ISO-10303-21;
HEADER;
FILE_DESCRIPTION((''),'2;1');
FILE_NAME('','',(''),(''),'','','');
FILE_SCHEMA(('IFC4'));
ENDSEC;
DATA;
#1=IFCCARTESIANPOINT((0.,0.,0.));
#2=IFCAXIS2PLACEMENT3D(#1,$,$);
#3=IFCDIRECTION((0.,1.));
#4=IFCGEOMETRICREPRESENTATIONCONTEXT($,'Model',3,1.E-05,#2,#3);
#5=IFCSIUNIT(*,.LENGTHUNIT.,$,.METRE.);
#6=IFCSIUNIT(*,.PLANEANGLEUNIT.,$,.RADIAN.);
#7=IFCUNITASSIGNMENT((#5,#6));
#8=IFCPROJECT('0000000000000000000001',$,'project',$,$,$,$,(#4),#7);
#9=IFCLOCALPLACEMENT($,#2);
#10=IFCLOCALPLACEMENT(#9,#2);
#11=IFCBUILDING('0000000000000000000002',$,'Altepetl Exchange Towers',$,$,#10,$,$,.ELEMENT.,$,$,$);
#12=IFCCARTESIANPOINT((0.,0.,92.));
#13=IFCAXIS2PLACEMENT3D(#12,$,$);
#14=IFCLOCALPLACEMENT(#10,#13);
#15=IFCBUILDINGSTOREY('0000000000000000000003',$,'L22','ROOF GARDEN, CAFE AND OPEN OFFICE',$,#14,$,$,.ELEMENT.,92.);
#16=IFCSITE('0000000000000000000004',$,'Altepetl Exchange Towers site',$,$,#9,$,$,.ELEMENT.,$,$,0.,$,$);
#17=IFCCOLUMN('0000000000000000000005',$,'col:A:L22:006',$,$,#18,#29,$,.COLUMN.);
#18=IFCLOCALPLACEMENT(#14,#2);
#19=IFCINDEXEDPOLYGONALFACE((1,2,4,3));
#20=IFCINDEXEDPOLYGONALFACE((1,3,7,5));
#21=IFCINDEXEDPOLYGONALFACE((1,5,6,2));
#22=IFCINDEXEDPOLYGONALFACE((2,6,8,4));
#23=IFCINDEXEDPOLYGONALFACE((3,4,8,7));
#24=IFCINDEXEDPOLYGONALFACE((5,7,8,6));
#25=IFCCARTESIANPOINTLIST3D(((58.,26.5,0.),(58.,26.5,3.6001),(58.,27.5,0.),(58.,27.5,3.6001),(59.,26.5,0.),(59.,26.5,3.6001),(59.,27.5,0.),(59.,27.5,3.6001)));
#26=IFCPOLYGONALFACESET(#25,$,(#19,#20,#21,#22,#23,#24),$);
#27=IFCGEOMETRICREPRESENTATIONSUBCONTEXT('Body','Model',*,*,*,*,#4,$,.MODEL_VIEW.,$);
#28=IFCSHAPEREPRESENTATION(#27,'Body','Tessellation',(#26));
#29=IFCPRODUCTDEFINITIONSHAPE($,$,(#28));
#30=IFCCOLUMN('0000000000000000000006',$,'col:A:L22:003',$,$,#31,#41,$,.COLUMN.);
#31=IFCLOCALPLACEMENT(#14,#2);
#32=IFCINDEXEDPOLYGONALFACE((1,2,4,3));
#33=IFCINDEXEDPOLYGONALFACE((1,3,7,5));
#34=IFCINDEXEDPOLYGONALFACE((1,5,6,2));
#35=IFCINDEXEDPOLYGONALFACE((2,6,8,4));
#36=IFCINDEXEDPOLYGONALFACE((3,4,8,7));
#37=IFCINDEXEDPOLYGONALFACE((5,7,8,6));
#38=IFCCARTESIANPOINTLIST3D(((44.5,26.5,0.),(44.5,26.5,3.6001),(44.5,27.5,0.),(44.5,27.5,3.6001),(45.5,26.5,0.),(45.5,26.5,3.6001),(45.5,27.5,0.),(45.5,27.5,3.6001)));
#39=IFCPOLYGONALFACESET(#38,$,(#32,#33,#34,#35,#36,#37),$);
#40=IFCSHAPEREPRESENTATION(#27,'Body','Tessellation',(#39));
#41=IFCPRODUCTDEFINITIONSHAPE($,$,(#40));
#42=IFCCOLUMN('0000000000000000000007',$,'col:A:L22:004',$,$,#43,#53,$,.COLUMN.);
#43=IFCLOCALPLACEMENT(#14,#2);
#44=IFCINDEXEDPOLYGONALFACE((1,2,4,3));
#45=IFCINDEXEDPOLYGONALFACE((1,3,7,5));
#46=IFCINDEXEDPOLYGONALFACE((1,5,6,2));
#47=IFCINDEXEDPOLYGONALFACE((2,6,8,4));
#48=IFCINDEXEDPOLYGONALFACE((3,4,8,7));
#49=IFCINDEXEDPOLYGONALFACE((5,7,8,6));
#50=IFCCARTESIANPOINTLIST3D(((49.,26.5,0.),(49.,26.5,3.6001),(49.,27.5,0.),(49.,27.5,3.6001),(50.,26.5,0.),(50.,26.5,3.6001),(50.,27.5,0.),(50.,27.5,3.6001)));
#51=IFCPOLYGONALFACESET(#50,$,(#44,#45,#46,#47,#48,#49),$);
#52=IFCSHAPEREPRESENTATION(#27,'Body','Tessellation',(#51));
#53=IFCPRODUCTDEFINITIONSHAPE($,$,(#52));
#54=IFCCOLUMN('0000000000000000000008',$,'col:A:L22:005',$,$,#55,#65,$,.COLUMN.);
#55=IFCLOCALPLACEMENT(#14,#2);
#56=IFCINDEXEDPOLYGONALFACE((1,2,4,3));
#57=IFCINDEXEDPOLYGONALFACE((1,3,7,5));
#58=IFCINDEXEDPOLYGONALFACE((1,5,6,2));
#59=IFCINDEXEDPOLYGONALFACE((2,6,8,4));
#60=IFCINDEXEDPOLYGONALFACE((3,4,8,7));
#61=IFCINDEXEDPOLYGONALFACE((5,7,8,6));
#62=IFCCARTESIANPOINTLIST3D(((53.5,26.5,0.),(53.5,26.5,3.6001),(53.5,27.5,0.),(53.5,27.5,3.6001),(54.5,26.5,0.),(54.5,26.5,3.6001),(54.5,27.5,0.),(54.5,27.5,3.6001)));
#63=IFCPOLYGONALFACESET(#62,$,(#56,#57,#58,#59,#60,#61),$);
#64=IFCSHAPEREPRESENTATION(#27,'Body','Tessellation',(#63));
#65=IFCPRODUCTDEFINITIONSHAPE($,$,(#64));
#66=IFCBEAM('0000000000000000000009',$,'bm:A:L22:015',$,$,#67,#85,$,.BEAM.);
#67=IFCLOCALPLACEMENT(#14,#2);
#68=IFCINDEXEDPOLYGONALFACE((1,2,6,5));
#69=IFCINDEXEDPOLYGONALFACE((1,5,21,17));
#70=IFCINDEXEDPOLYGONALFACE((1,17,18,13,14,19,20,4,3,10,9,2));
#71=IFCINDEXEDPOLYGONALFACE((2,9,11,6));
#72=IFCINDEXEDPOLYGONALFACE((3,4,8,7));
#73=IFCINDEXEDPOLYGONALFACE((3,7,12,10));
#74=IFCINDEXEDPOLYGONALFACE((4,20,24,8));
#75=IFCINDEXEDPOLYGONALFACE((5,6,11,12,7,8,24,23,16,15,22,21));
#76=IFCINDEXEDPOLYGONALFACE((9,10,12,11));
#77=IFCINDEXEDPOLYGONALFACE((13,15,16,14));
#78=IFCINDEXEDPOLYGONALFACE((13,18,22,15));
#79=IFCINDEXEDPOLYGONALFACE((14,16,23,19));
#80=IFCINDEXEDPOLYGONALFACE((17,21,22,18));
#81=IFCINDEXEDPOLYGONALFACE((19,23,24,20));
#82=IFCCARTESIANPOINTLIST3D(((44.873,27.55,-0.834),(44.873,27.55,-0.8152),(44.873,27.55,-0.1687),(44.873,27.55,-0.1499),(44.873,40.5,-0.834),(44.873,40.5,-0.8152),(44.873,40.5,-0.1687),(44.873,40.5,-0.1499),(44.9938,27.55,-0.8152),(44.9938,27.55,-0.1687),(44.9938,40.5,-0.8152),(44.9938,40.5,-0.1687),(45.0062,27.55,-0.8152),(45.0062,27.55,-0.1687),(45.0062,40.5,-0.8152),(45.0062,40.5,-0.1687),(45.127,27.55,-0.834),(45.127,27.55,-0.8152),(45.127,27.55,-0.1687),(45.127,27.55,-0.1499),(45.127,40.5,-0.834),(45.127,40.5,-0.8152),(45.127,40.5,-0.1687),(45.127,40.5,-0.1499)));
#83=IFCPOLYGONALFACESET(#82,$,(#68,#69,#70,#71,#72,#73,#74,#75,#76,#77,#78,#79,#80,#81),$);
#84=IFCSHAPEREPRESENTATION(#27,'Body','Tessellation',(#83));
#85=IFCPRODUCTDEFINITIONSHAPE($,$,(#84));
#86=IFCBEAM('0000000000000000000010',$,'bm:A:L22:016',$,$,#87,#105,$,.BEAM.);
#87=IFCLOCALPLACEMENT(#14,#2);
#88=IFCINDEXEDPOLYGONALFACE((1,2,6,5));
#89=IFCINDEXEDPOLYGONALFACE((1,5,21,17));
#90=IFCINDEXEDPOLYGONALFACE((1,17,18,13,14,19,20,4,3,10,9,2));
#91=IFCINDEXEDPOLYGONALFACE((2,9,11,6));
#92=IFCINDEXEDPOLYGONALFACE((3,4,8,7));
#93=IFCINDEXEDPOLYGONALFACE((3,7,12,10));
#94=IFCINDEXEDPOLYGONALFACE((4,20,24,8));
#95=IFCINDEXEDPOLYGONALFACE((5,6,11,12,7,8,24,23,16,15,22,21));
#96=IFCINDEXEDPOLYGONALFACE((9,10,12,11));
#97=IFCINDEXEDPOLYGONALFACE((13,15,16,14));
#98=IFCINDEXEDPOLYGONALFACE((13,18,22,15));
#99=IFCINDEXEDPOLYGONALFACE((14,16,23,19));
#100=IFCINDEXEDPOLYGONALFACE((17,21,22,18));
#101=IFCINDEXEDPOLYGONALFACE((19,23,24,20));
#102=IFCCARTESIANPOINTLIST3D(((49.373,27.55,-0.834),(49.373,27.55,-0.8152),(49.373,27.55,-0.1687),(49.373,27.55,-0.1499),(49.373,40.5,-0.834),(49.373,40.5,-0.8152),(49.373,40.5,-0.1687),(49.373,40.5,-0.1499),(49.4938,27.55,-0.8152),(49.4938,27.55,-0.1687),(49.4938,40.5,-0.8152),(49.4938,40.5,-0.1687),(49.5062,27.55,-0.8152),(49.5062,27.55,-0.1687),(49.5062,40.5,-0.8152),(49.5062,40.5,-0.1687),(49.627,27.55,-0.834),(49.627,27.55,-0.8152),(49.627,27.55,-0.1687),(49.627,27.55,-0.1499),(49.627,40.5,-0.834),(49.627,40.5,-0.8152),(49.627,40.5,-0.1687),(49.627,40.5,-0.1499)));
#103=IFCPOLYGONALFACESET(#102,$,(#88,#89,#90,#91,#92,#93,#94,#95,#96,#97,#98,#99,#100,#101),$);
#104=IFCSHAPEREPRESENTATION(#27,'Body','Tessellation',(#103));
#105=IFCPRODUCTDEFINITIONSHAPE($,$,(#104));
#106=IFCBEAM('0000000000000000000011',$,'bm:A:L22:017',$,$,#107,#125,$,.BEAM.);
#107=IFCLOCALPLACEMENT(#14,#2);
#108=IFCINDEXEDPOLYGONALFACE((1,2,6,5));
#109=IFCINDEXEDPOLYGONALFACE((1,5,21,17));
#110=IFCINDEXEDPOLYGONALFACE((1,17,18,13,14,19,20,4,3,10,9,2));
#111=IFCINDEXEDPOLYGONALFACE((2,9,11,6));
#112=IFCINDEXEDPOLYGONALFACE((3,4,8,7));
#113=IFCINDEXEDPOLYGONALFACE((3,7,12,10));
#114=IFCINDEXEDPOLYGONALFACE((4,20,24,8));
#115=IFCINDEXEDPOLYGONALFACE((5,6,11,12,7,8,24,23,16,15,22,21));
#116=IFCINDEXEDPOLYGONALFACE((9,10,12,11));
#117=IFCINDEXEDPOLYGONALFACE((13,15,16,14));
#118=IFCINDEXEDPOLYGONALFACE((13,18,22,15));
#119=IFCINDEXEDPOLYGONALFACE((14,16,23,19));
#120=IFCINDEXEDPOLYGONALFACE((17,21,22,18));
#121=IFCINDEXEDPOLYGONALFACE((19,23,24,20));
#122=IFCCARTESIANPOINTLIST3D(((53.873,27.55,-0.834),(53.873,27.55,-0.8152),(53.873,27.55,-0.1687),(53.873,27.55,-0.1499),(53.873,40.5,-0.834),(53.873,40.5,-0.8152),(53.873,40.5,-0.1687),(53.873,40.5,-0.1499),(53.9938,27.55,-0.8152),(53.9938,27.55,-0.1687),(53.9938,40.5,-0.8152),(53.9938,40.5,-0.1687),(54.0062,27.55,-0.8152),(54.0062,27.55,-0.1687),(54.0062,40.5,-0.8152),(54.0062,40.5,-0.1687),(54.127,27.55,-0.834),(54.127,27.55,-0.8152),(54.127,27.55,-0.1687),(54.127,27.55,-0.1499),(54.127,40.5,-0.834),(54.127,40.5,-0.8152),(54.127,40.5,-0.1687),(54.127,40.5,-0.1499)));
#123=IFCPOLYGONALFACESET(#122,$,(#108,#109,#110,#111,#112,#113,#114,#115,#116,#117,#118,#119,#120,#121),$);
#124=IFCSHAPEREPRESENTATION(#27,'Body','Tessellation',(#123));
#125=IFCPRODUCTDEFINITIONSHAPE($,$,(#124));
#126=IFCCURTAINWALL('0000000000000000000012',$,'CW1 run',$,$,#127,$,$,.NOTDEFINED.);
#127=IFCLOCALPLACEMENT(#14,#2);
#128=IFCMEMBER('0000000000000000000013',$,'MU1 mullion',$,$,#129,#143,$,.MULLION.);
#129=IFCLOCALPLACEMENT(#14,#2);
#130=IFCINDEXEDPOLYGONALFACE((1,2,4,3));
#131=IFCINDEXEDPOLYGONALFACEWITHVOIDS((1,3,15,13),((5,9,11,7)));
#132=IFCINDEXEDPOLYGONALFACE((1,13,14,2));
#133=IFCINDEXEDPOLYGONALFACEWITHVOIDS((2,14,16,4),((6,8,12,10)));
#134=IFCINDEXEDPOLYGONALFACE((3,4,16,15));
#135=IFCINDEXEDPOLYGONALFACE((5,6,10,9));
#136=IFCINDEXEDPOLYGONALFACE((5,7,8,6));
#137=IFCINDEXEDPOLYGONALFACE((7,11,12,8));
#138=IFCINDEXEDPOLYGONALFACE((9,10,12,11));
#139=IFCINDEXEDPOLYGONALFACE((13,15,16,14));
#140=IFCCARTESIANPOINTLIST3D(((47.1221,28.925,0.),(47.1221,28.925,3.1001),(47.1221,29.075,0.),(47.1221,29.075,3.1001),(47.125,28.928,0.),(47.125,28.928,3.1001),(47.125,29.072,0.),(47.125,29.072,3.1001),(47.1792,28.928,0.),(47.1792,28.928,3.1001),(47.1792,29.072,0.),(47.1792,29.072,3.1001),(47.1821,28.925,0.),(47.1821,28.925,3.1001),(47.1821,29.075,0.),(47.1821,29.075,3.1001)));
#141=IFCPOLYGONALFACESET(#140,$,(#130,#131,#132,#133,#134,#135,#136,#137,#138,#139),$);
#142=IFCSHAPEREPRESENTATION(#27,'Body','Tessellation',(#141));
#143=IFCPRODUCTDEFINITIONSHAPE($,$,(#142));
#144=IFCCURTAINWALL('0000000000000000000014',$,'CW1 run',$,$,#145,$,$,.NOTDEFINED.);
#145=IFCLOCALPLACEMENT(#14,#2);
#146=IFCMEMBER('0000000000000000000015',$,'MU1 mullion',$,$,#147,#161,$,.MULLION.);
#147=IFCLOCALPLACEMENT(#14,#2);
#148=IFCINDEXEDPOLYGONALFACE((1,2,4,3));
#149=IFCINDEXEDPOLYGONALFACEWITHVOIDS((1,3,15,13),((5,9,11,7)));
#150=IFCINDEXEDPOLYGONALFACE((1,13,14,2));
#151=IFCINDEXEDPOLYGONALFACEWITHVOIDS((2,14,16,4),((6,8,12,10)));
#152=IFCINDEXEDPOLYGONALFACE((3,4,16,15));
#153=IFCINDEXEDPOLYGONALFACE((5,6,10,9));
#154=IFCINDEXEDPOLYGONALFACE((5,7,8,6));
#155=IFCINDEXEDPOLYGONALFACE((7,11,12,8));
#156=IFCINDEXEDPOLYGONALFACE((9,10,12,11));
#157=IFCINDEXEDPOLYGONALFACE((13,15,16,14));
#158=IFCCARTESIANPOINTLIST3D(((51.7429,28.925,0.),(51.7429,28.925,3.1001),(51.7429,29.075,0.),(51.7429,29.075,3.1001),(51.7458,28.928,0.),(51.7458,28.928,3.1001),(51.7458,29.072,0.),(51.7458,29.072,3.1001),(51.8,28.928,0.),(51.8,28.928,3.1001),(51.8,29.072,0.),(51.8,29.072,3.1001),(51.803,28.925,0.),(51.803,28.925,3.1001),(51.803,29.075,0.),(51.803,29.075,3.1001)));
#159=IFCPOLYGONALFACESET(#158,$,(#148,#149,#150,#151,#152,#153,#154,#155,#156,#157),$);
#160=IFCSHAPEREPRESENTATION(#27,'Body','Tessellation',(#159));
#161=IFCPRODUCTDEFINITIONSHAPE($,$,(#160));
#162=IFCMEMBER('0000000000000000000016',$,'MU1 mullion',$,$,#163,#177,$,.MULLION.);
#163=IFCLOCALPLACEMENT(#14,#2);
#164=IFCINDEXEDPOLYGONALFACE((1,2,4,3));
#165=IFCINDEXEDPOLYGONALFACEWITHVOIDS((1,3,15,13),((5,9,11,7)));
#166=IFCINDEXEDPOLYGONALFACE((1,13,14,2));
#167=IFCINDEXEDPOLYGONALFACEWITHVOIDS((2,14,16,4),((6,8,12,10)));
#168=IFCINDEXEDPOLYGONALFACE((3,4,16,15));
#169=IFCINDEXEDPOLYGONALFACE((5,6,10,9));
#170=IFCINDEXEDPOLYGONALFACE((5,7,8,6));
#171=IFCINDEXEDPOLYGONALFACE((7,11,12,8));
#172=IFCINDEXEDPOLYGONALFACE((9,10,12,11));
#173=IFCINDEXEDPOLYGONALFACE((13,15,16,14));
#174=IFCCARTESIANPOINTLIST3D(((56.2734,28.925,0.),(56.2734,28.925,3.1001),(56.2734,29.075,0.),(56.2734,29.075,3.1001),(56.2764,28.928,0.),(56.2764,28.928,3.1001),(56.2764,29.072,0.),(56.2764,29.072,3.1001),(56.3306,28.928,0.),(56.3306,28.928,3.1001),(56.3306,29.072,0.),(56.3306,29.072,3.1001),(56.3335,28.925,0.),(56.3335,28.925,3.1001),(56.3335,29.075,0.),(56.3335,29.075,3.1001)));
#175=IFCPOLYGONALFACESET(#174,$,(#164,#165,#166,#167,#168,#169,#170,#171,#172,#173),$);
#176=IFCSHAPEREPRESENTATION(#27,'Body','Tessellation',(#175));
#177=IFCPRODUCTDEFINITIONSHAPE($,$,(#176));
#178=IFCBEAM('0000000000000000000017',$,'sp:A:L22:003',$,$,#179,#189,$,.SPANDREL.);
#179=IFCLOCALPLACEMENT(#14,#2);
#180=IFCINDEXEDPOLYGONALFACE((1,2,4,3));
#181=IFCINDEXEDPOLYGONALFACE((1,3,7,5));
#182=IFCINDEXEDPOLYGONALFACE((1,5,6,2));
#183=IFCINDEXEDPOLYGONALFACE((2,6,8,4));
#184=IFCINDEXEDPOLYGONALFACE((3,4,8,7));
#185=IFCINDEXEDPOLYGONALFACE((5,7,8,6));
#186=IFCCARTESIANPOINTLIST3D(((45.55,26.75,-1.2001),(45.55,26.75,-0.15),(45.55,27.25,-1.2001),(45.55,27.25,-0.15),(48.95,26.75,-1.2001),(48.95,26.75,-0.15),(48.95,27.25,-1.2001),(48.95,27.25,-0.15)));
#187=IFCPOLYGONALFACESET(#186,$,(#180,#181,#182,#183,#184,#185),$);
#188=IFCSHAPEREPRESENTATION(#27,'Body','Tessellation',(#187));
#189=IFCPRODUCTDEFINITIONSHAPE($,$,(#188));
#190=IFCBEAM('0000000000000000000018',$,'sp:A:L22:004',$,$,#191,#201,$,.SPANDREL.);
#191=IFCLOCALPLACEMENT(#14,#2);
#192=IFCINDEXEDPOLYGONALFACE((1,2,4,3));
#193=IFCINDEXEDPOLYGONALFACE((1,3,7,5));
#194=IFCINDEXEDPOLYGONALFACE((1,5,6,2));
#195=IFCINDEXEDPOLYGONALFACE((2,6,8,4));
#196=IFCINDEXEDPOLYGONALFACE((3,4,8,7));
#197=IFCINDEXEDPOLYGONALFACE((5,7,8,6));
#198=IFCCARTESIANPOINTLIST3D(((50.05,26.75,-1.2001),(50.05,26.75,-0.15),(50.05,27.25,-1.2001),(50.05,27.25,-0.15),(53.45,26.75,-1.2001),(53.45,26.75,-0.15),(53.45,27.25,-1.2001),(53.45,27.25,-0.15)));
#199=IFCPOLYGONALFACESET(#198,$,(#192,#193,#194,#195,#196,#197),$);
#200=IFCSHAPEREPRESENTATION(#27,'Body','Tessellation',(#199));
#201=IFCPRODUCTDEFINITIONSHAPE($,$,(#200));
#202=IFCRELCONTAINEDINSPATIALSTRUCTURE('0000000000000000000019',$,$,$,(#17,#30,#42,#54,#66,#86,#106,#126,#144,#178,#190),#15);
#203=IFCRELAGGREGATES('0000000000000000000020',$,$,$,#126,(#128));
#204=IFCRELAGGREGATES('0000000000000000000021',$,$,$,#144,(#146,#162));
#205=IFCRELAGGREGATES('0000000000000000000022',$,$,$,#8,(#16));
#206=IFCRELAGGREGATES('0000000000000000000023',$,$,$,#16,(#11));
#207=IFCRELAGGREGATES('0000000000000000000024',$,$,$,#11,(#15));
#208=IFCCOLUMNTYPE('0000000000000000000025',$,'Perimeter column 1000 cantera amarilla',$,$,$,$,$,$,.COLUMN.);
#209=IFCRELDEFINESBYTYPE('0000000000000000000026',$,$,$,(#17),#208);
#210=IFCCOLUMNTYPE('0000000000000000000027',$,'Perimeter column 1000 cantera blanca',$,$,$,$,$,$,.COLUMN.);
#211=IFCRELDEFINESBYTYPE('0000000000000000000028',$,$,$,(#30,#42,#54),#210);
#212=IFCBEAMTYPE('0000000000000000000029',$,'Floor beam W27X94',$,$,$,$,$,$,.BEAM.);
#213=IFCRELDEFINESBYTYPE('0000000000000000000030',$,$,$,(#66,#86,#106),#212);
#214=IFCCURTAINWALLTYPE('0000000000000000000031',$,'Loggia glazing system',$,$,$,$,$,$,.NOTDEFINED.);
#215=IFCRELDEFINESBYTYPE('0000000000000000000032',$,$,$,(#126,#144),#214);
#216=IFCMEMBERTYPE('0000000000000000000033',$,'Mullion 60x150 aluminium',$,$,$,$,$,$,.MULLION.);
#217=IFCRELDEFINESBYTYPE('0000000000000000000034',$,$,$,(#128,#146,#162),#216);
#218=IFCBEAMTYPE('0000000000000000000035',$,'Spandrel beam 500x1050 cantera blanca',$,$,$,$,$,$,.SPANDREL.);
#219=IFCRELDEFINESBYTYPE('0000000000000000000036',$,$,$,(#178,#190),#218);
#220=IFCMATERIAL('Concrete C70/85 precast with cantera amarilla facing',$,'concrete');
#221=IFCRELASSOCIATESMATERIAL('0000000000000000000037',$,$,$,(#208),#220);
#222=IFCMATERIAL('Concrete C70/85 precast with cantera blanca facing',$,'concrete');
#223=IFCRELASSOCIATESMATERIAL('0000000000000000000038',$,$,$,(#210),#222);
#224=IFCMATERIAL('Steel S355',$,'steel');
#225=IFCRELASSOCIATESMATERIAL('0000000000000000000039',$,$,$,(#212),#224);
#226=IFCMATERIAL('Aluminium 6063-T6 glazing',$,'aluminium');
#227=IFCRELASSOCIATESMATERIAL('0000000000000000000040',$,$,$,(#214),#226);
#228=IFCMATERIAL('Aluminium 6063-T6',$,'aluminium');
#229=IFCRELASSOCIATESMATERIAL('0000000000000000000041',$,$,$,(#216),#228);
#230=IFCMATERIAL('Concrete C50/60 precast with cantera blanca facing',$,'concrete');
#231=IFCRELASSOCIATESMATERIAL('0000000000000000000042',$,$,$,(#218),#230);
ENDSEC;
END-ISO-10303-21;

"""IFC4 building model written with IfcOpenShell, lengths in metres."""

from ifc_helpers import new_model, si_unit, direction, frame, origin, origin_2d, place, context, subcontext, project, spatial, rectangle, hollow_rectangle, i_section, extrude, material, material_profile, profile_set, type_object, element, aggregate, save


model = new_model("IFC4")

# Units and contexts
model_context = context("Model", 3, precision=1e-05, world=origin(), true_north=direction((0.0, 1.0)))
body_context = subcontext(model_context, "Body", "Model", "MODEL_VIEW")
ifc_project = project(units=[si_unit("LENGTHUNIT", "METRE"), si_unit("PLANEANGLEUNIT", "RADIAN")], contexts=[model_context])

# Site, building, storey
site_placement = place(None, origin())
site = spatial("IfcSite", under=ifc_project, at=site_placement, Name="Altepetl Exchange Towers site", CompositionType="ELEMENT", RefElevation=0.0)
building_placement = place(site_placement, origin())
building = spatial("IfcBuilding", under=site, at=building_placement, Name="Altepetl Exchange Towers", CompositionType="ELEMENT")
storey_placement = place(building_placement, frame((0.0, 0.0, 92.0)))
storey = spatial("IfcBuildingStorey", under=building, at=storey_placement, Name="L22", Description="ROOF GARDEN, CAFE AND OPEN OFFICE", CompositionType="ELEMENT", Elevation=92.0)

# Columns
ifc_material_1 = material(Name="Concrete C70/85 precast with cantera amarilla facing", Category="concrete")
ifc_material_profile_1 = material_profile(ifc_material_1, rectangle(XDim=1.0, YDim=1.0, at=origin_2d()), Name="1000 x 1000")
ifc_profile_set_1 = profile_set([ifc_material_profile_1], Name="Concrete C70/85 precast with cantera amarilla facing")
column_type_1 = type_object("IfcColumnType", Name="Perimeter column 1000 cantera amarilla", PredefinedType="COLUMN", material=ifc_profile_set_1)
column_placement = place(storey_placement, frame((58.5, 27.0, 0.0)))
element("IfcColumn", 1, at=column_placement, inside=storey, type_object=column_type_1, Name="col:A:L22:006", PredefinedType="COLUMN", context=body_context, shape_type="SweptSolid", body=[
    extrude(rectangle(XDim=1.0, YDim=1.0, at=origin_2d()), origin(), (0.0, 0.0, 1.0), 3.6001),
])
ifc_material_2 = material(Name="Concrete C70/85 precast with cantera blanca facing", Category="concrete")
ifc_material_profile_2 = material_profile(ifc_material_2, rectangle(XDim=1.0, YDim=1.0, at=origin_2d()), Name="1000 x 1000")
ifc_profile_set_2 = profile_set([ifc_material_profile_2], Name="Concrete C70/85 precast with cantera blanca facing")
column_type_2 = type_object("IfcColumnType", Name="Perimeter column 1000 cantera blanca", PredefinedType="COLUMN", material=ifc_profile_set_2)
for number, where, name in (
    (2, (45.0, 27.0, 0.0), "col:A:L22:003"),
    (3, (49.5, 27.0, 0.0), "col:A:L22:004"),
    (4, (54.0, 27.0, 0.0), "col:A:L22:005"),
):
    element("IfcColumn", number, at=place(storey_placement, frame(where)), inside=storey, type_object=column_type_2, Name=name, PredefinedType="COLUMN", context=body_context, shape_type="SweptSolid", body=[
        extrude(rectangle(XDim=1.0, YDim=1.0, at=origin_2d()), origin(), (0.0, 0.0, 1.0), 3.6001),
    ])

# Beams
ifc_material_3 = material(Name="Steel S355", Category="steel")
ifc_material_profile_3 = material_profile(ifc_material_3, i_section(OverallWidth=0.2539, OverallDepth=0.6841, WebThickness=0.0125, FlangeThickness=0.0188, at=origin_2d()), Name="W27X94")
ifc_profile_set_3 = profile_set([ifc_material_profile_3], Name="Steel S355")
beam_type_1 = type_object("IfcBeamType", Name="Floor beam W27X94", PredefinedType="BEAM", material=ifc_profile_set_3)
for number, where, z_axis, x_axis, name in (
    (5, (45.0, 27.55, -0.4919), (0.0, 1.0, 0.0), (-1.0, 0.0, 0.0), "bm:A:L22:015"),
    (6, (49.5, 27.55, -0.4919), (0.0, 1.0, 0.0), (-1.0, 0.0, 0.0), "bm:A:L22:016"),
    (7, (54.0, 27.55, -0.4919), (0.0, 1.0, 0.0), (-1.0, 0.0, 0.0), "bm:A:L22:017"),
):
    element("IfcBeam", number, at=place(storey_placement, frame(where, z_axis=z_axis, x_axis=x_axis)), inside=storey, type_object=beam_type_1, Name=name, PredefinedType="BEAM", context=body_context, shape_type="SweptSolid", body=[
        extrude(i_section(OverallWidth=0.2539, OverallDepth=0.6841, WebThickness=0.0125, FlangeThickness=0.0188, at=origin_2d()), origin(), (0.0, 0.0, 1.0), 12.95),
    ])

# Curtain wall, member
ifc_material_4 = material(Name="Aluminium 6063-T6 glazing", Category="aluminium")
curtain_wall_type = type_object("IfcCurtainWallType", Name="Loggia glazing system", PredefinedType="NOTDEFINED", material=ifc_material_4)
curtain_wall_1_placement = place(storey_placement, origin())
curtain_wall_1 = element("IfcCurtainWall", 8, at=curtain_wall_1_placement, inside=storey, type_object=curtain_wall_type, Name="CW1 run", PredefinedType="NOTDEFINED")
ifc_material_5 = material(Name="Aluminium 6063-T6", Category="aluminium")
ifc_material_profile_4 = material_profile(ifc_material_5, hollow_rectangle(XDim=0.0601, YDim=0.1499, WallThickness=0.0029, at=origin_2d()), Name="Mullion 60x150 aluminium")
ifc_profile_set_4 = profile_set([ifc_material_profile_4], Name="Aluminium 6063-T6")
member_type = type_object("IfcMemberType", Name="Mullion 60x150 aluminium", PredefinedType="MULLION", material=ifc_profile_set_4)
member_1_placement = place(storey_placement, frame((47.1521, 29.0, 0.0)))
member_1 = element("IfcMember", 9, at=member_1_placement, type_object=member_type, Name="MU1 mullion", PredefinedType="MULLION", context=body_context, shape_type="SweptSolid", body=[
    extrude(hollow_rectangle(XDim=0.0601, YDim=0.1499, WallThickness=0.0029, at=origin_2d()), origin(), (0.0, 0.0, 1.0), 3.1001),
])
aggregate(curtain_wall_1, [member_1])

# Curtain wall, members
curtain_wall_2_placement = place(storey_placement, origin())
curtain_wall_2 = element("IfcCurtainWall", 10, at=curtain_wall_2_placement, inside=storey, type_object=curtain_wall_type, Name="CW1 run", PredefinedType="NOTDEFINED")
member_2_placement = place(storey_placement, frame((51.7729, 29.0, 0.0)))
member_2 = element("IfcMember", 11, at=member_2_placement, type_object=member_type, Name="MU1 mullion", PredefinedType="MULLION", context=body_context, shape_type="SweptSolid", body=[
    extrude(hollow_rectangle(XDim=0.0601, YDim=0.1499, WallThickness=0.0029, at=origin_2d()), origin(), (0.0, 0.0, 1.0), 3.1001),
])
member_3_placement = place(storey_placement, frame((56.3035, 29.0, 0.0)))
member_3 = element("IfcMember", 12, at=member_3_placement, type_object=member_type, Name="MU1 mullion", PredefinedType="MULLION", context=body_context, shape_type="SweptSolid", body=[
    extrude(hollow_rectangle(XDim=0.0601, YDim=0.1499, WallThickness=0.0029, at=origin_2d()), origin(), (0.0, 0.0, 1.0), 3.1001),
])

# Beams
ifc_material_6 = material(Name="Concrete C50/60 precast with cantera blanca facing", Category="concrete")
ifc_material_profile_5 = material_profile(ifc_material_6, rectangle(XDim=0.5, YDim=1.05, at=origin_2d()), Name="500 x 1050")
ifc_profile_set_5 = profile_set([ifc_material_profile_5], Name="Concrete C50/60 precast with cantera blanca facing")
beam_type_2 = type_object("IfcBeamType", Name="Spandrel beam 500x1050 cantera blanca", PredefinedType="SPANDREL", material=ifc_profile_set_5)
for number, where, z_axis, x_axis, name in (
    (13, (45.55, 27.0, -0.675), (1.0, 0.0, 0.0), (0.0, 1.0, 0.0), "sp:A:L22:003"),
    (14, (50.05, 27.0, -0.675), (1.0, 0.0, 0.0), (0.0, 1.0, 0.0), "sp:A:L22:004"),
):
    element("IfcBeam", number, at=place(storey_placement, frame(where, z_axis=z_axis, x_axis=x_axis)), inside=storey, type_object=beam_type_2, Name=name, PredefinedType="SPANDREL", context=body_context, shape_type="SweptSolid", body=[
        extrude(rectangle(XDim=0.5, YDim=1.05, at=origin_2d()), origin(), (0.0, 0.0, 1.0), 3.3999),
    ])

aggregate(curtain_wall_2, [member_2, member_3])

save(model, "model.ifc")
